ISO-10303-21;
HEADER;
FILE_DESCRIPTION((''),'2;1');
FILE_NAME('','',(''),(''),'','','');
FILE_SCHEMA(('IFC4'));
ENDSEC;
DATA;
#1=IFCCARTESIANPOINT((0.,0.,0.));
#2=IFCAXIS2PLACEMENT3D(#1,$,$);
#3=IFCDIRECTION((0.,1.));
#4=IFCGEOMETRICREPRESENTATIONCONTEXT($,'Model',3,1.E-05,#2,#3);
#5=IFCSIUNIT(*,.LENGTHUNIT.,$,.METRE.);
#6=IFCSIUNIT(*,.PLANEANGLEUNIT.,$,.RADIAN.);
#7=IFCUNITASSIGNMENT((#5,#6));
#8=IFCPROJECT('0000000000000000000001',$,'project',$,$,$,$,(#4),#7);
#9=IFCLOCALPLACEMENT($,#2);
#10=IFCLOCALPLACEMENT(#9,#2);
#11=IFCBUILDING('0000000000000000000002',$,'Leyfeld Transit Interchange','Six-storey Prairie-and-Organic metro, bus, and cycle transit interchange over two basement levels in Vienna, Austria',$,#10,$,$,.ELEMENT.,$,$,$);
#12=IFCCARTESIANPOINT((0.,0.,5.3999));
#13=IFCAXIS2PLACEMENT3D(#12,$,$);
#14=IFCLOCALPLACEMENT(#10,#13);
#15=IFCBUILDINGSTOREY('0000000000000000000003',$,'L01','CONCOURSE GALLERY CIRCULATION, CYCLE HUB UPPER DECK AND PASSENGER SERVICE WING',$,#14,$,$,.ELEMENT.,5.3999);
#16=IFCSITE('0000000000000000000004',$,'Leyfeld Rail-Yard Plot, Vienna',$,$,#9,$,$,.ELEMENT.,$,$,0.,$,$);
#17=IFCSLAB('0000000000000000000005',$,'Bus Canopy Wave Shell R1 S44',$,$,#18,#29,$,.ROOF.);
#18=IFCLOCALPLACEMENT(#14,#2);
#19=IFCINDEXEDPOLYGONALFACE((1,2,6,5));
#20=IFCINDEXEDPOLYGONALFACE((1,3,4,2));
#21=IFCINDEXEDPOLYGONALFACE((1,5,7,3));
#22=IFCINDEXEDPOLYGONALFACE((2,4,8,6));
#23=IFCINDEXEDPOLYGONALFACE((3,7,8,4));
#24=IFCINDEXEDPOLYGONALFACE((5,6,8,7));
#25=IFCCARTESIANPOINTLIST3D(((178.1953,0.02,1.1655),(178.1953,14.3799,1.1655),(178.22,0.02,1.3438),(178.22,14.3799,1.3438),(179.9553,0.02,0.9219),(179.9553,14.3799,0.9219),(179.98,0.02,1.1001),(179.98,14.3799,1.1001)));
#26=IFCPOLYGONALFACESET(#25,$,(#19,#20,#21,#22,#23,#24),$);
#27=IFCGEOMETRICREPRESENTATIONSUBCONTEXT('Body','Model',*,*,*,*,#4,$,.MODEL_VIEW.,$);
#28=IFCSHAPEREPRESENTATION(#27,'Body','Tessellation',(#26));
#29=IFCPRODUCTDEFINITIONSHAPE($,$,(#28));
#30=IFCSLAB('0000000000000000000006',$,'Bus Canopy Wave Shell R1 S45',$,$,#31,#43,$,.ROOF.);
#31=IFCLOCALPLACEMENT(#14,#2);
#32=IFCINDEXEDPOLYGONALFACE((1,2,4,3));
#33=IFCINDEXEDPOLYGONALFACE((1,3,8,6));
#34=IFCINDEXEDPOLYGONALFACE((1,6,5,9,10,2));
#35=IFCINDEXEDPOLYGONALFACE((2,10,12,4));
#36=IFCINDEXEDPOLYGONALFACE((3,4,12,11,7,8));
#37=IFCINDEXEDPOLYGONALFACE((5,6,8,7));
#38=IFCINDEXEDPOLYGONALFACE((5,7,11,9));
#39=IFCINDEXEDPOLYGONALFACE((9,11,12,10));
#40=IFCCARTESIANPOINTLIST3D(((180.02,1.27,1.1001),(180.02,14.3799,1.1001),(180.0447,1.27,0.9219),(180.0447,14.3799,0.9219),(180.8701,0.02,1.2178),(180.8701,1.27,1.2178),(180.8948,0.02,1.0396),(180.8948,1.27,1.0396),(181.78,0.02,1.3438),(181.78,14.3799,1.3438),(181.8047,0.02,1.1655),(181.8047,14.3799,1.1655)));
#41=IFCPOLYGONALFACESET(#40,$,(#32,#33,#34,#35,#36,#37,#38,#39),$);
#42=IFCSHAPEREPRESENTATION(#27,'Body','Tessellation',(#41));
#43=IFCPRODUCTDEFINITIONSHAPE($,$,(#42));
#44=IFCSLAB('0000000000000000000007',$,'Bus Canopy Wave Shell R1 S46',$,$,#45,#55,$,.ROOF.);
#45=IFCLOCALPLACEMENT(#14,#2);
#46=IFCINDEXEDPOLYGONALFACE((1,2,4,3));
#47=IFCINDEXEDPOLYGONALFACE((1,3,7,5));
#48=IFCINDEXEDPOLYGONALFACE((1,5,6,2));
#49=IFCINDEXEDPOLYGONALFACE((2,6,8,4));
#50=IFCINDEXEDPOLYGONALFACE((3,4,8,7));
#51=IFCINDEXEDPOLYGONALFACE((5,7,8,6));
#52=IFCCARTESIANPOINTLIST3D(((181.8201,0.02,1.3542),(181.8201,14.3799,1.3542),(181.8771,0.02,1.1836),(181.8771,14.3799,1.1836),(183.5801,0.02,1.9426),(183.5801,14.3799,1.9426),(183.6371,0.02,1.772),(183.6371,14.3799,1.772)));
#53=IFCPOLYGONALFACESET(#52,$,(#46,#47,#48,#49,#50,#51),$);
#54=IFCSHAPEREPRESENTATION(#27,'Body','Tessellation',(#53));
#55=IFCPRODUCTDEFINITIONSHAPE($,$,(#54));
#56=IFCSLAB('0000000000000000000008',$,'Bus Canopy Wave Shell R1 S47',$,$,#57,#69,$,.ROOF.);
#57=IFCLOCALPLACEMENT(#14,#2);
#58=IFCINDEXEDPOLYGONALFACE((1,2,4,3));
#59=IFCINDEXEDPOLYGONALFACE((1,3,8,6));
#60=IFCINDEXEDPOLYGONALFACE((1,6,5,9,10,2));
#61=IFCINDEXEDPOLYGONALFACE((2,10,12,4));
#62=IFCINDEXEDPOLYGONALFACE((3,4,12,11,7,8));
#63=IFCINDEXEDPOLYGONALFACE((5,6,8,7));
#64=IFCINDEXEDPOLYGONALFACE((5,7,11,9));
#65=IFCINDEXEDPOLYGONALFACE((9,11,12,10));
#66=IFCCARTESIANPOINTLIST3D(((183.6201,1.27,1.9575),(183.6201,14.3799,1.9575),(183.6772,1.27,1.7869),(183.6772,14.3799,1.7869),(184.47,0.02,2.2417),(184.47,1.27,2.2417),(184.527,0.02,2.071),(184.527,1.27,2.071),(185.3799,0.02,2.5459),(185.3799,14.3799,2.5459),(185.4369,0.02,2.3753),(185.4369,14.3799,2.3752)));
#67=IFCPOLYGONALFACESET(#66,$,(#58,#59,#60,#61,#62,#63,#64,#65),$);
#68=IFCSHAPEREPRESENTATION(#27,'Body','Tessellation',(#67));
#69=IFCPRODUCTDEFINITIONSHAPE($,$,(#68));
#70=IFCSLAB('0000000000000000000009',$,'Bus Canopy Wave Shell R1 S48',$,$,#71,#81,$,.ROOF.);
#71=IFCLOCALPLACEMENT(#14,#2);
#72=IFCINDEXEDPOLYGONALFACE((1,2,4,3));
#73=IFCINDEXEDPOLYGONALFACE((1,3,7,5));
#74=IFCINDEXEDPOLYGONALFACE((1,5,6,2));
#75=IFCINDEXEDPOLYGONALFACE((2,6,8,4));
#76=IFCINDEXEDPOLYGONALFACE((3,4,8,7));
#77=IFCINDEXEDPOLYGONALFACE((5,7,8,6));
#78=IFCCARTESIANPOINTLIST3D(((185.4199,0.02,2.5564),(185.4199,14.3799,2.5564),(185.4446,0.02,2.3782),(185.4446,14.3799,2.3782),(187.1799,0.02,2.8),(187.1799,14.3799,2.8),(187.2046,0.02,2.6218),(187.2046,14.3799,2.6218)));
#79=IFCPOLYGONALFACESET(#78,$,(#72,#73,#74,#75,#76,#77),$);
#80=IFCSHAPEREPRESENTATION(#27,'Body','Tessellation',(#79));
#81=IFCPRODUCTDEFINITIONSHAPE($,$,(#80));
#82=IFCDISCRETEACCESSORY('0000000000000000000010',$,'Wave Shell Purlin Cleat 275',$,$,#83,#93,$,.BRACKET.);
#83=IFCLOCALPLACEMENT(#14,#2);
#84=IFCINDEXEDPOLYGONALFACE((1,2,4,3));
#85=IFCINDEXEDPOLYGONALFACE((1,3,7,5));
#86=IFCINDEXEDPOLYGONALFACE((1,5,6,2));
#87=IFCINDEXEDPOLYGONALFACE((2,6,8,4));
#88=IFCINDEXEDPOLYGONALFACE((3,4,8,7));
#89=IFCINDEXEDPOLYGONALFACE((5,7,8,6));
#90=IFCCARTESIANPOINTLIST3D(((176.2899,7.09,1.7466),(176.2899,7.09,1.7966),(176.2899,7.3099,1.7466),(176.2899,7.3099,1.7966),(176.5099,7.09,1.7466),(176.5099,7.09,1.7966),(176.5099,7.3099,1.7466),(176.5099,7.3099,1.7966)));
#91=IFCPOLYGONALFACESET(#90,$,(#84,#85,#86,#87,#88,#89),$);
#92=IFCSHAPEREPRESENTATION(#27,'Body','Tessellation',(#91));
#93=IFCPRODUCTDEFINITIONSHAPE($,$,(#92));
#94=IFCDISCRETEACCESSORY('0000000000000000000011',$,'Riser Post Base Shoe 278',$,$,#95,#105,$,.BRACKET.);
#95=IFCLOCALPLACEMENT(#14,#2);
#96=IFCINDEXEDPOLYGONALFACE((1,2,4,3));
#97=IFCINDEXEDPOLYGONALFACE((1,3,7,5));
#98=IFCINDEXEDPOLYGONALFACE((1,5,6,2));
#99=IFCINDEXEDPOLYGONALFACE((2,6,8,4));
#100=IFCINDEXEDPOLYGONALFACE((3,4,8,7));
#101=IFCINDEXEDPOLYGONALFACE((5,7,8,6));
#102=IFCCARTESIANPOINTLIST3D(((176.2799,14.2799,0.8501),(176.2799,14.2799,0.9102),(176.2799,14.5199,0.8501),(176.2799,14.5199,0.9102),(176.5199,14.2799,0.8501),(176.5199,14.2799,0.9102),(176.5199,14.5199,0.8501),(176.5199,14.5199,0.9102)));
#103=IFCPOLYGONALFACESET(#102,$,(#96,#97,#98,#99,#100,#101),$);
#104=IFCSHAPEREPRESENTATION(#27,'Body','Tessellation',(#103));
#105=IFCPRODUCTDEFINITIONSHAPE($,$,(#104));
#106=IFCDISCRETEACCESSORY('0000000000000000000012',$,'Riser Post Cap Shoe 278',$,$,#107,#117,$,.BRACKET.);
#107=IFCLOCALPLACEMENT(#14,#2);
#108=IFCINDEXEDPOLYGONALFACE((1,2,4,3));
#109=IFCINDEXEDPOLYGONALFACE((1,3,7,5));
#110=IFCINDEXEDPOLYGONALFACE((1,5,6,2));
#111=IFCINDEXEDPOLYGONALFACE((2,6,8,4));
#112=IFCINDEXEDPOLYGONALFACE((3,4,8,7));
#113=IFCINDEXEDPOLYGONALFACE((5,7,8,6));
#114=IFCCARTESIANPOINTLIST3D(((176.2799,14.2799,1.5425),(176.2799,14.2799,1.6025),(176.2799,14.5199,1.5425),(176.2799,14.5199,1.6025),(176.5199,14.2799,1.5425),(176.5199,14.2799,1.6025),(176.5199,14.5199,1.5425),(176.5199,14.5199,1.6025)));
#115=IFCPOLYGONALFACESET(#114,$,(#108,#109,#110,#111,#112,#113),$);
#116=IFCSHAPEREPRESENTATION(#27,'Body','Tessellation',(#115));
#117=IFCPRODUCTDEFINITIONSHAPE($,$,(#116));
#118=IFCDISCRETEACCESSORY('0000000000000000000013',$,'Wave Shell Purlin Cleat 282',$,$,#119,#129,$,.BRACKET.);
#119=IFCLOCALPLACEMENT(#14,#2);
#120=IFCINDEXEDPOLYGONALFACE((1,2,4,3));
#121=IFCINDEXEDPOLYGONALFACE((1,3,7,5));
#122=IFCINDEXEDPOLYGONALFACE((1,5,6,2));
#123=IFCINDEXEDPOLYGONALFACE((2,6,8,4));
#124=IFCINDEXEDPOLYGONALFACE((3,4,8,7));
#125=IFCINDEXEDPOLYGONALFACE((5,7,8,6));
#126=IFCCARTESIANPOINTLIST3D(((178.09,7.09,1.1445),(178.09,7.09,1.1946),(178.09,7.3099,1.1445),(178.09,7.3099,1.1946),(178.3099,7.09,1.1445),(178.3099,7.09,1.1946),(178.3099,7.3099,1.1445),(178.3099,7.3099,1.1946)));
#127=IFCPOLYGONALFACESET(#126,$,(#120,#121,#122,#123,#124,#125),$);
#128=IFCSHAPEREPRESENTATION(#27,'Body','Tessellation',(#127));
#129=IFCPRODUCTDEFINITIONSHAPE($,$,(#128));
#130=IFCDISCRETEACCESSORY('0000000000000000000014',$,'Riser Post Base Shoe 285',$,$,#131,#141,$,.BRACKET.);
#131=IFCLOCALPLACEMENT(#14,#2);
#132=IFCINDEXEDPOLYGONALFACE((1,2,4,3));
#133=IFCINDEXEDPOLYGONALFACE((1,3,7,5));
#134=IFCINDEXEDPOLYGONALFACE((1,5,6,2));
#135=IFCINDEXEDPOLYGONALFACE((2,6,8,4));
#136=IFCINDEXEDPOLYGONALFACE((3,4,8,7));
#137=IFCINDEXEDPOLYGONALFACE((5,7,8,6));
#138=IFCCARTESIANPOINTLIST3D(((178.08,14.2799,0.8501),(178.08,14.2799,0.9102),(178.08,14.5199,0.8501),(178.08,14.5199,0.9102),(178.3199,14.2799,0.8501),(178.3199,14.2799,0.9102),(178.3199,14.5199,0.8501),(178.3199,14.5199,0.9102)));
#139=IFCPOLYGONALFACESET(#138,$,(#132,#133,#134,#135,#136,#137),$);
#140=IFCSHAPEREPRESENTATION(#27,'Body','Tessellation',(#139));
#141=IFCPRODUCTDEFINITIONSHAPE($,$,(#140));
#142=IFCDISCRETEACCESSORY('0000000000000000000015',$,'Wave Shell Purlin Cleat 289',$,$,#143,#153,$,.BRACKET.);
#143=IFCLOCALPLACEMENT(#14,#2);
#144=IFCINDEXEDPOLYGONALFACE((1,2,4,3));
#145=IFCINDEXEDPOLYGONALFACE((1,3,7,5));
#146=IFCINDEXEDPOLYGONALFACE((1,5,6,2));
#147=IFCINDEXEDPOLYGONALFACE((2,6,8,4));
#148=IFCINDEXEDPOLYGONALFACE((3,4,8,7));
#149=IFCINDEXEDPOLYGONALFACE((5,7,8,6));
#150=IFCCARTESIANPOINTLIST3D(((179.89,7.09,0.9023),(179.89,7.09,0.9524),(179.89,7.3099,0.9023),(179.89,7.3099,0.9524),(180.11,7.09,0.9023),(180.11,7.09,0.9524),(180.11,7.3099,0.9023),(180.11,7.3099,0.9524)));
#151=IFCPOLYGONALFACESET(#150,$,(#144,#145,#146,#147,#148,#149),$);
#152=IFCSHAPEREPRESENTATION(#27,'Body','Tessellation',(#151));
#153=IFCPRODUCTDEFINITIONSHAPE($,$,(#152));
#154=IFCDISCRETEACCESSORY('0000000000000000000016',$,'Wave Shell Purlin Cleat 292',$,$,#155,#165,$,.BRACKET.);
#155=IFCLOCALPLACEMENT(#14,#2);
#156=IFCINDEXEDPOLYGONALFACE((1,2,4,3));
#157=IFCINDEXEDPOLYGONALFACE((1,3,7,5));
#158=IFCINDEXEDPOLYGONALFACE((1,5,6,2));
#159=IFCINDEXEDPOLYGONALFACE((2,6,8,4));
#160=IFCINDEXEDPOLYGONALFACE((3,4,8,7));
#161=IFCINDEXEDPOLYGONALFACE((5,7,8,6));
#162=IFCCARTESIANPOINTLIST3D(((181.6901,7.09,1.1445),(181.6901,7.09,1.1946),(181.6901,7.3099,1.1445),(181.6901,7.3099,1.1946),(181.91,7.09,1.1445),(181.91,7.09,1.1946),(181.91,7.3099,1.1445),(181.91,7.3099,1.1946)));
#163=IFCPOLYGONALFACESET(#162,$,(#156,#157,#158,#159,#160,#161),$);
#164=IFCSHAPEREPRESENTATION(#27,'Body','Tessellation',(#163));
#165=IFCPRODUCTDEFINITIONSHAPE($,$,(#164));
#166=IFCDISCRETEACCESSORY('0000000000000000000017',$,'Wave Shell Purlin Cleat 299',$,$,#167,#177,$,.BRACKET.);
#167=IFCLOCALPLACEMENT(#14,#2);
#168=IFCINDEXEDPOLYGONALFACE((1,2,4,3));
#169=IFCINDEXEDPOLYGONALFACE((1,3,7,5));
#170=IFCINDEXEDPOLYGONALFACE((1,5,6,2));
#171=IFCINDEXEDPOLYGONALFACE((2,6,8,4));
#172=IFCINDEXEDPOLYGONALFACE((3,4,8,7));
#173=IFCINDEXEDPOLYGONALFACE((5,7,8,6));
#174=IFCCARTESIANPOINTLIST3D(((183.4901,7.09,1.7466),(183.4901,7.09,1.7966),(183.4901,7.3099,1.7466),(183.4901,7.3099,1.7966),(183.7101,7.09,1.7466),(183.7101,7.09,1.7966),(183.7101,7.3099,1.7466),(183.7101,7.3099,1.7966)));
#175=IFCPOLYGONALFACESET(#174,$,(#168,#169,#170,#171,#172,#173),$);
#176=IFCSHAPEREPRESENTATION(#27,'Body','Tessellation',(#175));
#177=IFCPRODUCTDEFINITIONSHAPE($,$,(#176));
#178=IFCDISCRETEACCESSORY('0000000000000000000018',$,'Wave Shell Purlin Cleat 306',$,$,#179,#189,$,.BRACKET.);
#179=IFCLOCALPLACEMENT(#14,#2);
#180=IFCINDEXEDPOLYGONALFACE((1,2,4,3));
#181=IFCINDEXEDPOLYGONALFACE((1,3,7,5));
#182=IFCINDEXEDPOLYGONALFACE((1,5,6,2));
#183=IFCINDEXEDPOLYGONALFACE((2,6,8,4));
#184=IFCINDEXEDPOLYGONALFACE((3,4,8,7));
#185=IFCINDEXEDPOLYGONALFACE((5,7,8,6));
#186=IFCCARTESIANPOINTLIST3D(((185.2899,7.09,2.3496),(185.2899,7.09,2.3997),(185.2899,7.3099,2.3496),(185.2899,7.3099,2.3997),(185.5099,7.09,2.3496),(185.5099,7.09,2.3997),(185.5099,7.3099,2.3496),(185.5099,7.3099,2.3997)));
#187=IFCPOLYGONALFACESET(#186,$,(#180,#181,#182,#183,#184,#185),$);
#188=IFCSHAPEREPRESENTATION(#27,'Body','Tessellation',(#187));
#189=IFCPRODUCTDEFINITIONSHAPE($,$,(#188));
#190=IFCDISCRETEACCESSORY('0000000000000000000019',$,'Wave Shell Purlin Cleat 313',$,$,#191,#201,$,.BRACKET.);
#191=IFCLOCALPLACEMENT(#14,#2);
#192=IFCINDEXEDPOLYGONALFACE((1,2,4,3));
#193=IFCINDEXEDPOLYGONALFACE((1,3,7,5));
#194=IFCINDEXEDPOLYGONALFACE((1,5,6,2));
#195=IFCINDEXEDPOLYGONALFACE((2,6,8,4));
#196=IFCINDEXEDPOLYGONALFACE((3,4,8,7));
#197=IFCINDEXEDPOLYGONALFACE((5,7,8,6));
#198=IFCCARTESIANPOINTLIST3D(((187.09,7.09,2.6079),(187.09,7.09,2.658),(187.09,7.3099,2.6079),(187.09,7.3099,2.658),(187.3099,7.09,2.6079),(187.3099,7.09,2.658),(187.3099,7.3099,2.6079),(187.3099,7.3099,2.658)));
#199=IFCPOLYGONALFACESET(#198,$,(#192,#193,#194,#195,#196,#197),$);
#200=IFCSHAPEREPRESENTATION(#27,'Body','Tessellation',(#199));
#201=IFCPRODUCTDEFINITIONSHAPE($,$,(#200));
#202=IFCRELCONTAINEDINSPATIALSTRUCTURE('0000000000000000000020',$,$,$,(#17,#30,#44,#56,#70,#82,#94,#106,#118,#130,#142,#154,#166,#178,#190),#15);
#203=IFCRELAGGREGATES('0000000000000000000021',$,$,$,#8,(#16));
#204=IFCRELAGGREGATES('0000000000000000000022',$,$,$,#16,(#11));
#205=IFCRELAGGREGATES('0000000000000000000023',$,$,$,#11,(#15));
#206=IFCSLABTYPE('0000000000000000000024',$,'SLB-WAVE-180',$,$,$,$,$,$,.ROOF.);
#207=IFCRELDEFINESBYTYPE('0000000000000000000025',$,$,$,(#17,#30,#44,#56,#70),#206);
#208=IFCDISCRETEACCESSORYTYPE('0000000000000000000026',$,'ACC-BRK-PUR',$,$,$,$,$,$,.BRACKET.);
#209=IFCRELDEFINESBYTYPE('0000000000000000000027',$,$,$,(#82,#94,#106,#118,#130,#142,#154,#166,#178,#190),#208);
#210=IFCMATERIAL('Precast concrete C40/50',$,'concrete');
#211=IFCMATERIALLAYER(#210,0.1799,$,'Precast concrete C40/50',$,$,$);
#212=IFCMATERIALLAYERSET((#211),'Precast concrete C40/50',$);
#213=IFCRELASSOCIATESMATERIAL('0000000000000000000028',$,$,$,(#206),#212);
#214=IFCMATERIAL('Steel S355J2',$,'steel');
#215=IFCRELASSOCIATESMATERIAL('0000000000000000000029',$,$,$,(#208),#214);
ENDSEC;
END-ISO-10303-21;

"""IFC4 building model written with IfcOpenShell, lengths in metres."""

from ifc_helpers import new_model, si_unit, direction, frame, origin, origin_2d, place, context, subcontext, project, spatial, polyline, rectangle, outline, extrude, material, layer, layer_set, type_object, element, save


model = new_model("IFC4")

# Units and contexts
model_context = context("Model", 3, precision=1e-05, world=origin(), true_north=direction((0.0, 1.0)))
body_context = subcontext(model_context, "Body", "Model", "MODEL_VIEW")
ifc_project = project(units=[si_unit("LENGTHUNIT", "METRE"), si_unit("PLANEANGLEUNIT", "RADIAN")], contexts=[model_context])

# Site, building, storey
site_placement = place(None, origin())
site = spatial("IfcSite", under=ifc_project, at=site_placement, Name="Leyfeld Rail-Yard Plot, Vienna", CompositionType="ELEMENT", RefElevation=0.0)
building_placement = place(site_placement, origin())
building = spatial("IfcBuilding", under=site, at=building_placement, Name="Leyfeld Transit Interchange", Description="Six-storey Prairie-and-Organic metro, bus, and cycle transit interchange over two basement levels in Vienna, Austria", CompositionType="ELEMENT")
storey_placement = place(building_placement, frame((0.0, 0.0, 5.3999)))
storey = spatial("IfcBuildingStorey", under=building, at=storey_placement, Name="L01", Description="CONCOURSE GALLERY CIRCULATION, CYCLE HUB UPPER DECK AND PASSENGER SERVICE WING", CompositionType="ELEMENT", Elevation=5.3999)

# Shared definitions
ifc_material_1 = material(Name="Steel S355J2", Category="steel")

# Slabs
ifc_material_2 = material(Name="Precast concrete C40/50", Category="concrete")
ifc_layer = layer(ifc_material_2, 0.1799, Name="Precast concrete C40/50")
ifc_layer_set = layer_set([ifc_layer], Name="Precast concrete C40/50")
slab_type = type_object("IfcSlabType", Name="SLB-WAVE-180", PredefinedType="ROOF", material=ifc_layer_set)
slab_1_placement = place(storey_placement, frame((178.22, 0.02, 1.3438), z_axis=(0.13713, 0.0, 0.990553), x_axis=(0.990553, 0.0, -0.13713)))
element("IfcSlab", 1, at=slab_1_placement, inside=storey, type_object=slab_type, Name="Bus Canopy Wave Shell R1 S44", PredefinedType="ROOF", context=body_context, shape_type="SweptSolid", body=[
    extrude(outline(polyline([(0.0, 0.0), (1.7768, 0.0), (1.7768, 14.3599), (0.0, 14.3599), (0.0, 0.0)])), origin(), (0.0, 0.0, -1.0), 0.1799),
])
slab_2_placement = place(storey_placement, frame((180.02, 1.27, 1.1001), z_axis=(-0.137131, 0.0, 0.990553), x_axis=(0.990553, 0.0, 0.137131)))
element("IfcSlab", 2, at=slab_2_placement, inside=storey, type_object=slab_type, Name="Bus Canopy Wave Shell R1 S45", PredefinedType="ROOF", context=body_context, shape_type="SweptSolid", body=[
    extrude(outline(polyline([(0.0, 0.0), (0.8582, 0.0), (0.8582, -1.25), (1.7768, -1.25), (1.7768, 13.1099), (0.0, 13.1099), (0.0, 0.0)])), origin(), (0.0, 0.0, -1.0), 0.1799),
])
slab_3_placement = place(storey_placement, frame((181.8201, 0.02, 1.3542), z_axis=(-0.317056, 0.0, 0.948407), x_axis=(0.948407, 0.0, 0.317056)))
element("IfcSlab", 3, at=slab_3_placement, inside=storey, type_object=slab_type, Name="Bus Canopy Wave Shell R1 S46", PredefinedType="ROOF", context=body_context, shape_type="SweptSolid", body=[
    extrude(outline(polyline([(0.0, 0.0), (1.8558, 0.0), (1.8558, 14.3599), (0.0, 14.3599), (0.0, 0.0)])), origin(), (0.0, 0.0, -1.0), 0.1799),
])
slab_4_placement = place(storey_placement, frame((183.6201, 1.27, 1.9575), z_axis=(-0.317095, 0.000001, 0.948394), x_axis=(0.948394, 0.0, 0.317095)))
element("IfcSlab", 4, at=slab_4_placement, inside=storey, type_object=slab_type, Name="Bus Canopy Wave Shell R1 S47", PredefinedType="ROOF", context=body_context, shape_type="SweptSolid", body=[
    extrude(outline(polyline([(0.0, 0.0), (0.8961, 0.0), (0.8961, -1.25), (1.8555, -1.25), (1.8555, 13.1099), (0.0, 13.1099), (0.0, 0.0)])), origin(), (0.0, 0.0, -1.0), 0.1799),
])
slab_5_placement = place(storey_placement, frame((185.4199, 0.02, 2.5564), z_axis=(-0.13713, 0.0, 0.990553), x_axis=(0.990553, 0.0, 0.13713)))
element("IfcSlab", 5, at=slab_5_placement, inside=storey, type_object=slab_type, Name="Bus Canopy Wave Shell R1 S48", PredefinedType="ROOF", context=body_context, shape_type="SweptSolid", body=[
    extrude(outline(polyline([(0.0, 0.0), (1.7768, 0.0), (1.7768, 14.3599), (0.0, 14.3599), (0.0, 0.0)])), origin(), (0.0, 0.0, -1.0), 0.1799),
])

# Discrete accessories
discrete_accessory_type = type_object("IfcDiscreteAccessoryType", Name="ACC-BRK-PUR", PredefinedType="BRACKET", material=ifc_material_1)
discrete_accessory_1_placement = place(storey_placement, frame((176.3999, 7.2, 1.7466), z_axis=(0.0, 0.0, 1.0), x_axis=(1.0, 0.0, 0.0)))
element("IfcDiscreteAccessory", 6, at=discrete_accessory_1_placement, inside=storey, type_object=discrete_accessory_type, Name="Wave Shell Purlin Cleat 275", PredefinedType="BRACKET", context=body_context, shape_type="SweptSolid", body=[
    extrude(rectangle(XDim=0.22, YDim=0.22, at=origin_2d()), origin(), (0.0, 0.0, 1.0), 0.05),
])
for number, where, z_axis, x_axis, name in (
    (7, (176.3999, 14.3999, 0.8501), (0.0, 0.0, 1.0), (1.0, 0.0, 0.0), "Riser Post Base Shoe 278"),
    (8, (176.3999, 14.3999, 1.5425), (0.0, 0.0, 1.0), (1.0, 0.0, 0.0), "Riser Post Cap Shoe 278"),
):
    element("IfcDiscreteAccessory", number, at=place(storey_placement, frame(where, z_axis=z_axis, x_axis=x_axis)), inside=storey, type_object=discrete_accessory_type, Name=name, PredefinedType="BRACKET", context=body_context, shape_type="SweptSolid", body=[
        extrude(rectangle(XDim=0.24, YDim=0.24, at=origin_2d()), origin(), (0.0, 0.0, 1.0), 0.0601),
    ])
discrete_accessory_2_placement = place(storey_placement, frame((178.2, 7.2, 1.1445), z_axis=(0.0, 0.0, 1.0), x_axis=(1.0, 0.0, 0.0)))
element("IfcDiscreteAccessory", 9, at=discrete_accessory_2_placement, inside=storey, type_object=discrete_accessory_type, Name="Wave Shell Purlin Cleat 282", PredefinedType="BRACKET", context=body_context, shape_type="SweptSolid", body=[
    extrude(rectangle(XDim=0.22, YDim=0.22, at=origin_2d()), origin(), (0.0, 0.0, 1.0), 0.05),
])
discrete_accessory_3_placement = place(storey_placement, frame((178.2, 14.3999, 0.8501), z_axis=(0.0, 0.0, 1.0), x_axis=(1.0, 0.0, 0.0)))
element("IfcDiscreteAccessory", 10, at=discrete_accessory_3_placement, inside=storey, type_object=discrete_accessory_type, Name="Riser Post Base Shoe 285", PredefinedType="BRACKET", context=body_context, shape_type="SweptSolid", body=[
    extrude(rectangle(XDim=0.24, YDim=0.24, at=origin_2d()), origin(), (0.0, 0.0, 1.0), 0.0601),
])
for number, where, z_axis, x_axis, name in (
    (11, (180.0, 7.2, 0.9023), (0.0, 0.0, 1.0), (1.0, 0.0, 0.0), "Wave Shell Purlin Cleat 289"),
    (12, (181.8, 7.2, 1.1445), (0.0, 0.0, 1.0), (1.0, 0.0, 0.0), "Wave Shell Purlin Cleat 292"),
    (13, (183.6001, 7.2, 1.7466), (0.0, 0.0, 1.0), (1.0, 0.0, 0.0), "Wave Shell Purlin Cleat 299"),
    (14, (185.3999, 7.2, 2.3496), (0.0, 0.0, 1.0), (1.0, 0.0, 0.0), "Wave Shell Purlin Cleat 306"),
    (15, (187.2, 7.2, 2.6079), (0.0, 0.0, 1.0), (1.0, 0.0, 0.0), "Wave Shell Purlin Cleat 313"),
):
    element("IfcDiscreteAccessory", number, at=place(storey_placement, frame(where, z_axis=z_axis, x_axis=x_axis)), inside=storey, type_object=discrete_accessory_type, Name=name, PredefinedType="BRACKET", context=body_context, shape_type="SweptSolid", body=[
        extrude(rectangle(XDim=0.22, YDim=0.22, at=origin_2d()), origin(), (0.0, 0.0, 1.0), 0.05),
    ])

save(model, "model.ifc")
